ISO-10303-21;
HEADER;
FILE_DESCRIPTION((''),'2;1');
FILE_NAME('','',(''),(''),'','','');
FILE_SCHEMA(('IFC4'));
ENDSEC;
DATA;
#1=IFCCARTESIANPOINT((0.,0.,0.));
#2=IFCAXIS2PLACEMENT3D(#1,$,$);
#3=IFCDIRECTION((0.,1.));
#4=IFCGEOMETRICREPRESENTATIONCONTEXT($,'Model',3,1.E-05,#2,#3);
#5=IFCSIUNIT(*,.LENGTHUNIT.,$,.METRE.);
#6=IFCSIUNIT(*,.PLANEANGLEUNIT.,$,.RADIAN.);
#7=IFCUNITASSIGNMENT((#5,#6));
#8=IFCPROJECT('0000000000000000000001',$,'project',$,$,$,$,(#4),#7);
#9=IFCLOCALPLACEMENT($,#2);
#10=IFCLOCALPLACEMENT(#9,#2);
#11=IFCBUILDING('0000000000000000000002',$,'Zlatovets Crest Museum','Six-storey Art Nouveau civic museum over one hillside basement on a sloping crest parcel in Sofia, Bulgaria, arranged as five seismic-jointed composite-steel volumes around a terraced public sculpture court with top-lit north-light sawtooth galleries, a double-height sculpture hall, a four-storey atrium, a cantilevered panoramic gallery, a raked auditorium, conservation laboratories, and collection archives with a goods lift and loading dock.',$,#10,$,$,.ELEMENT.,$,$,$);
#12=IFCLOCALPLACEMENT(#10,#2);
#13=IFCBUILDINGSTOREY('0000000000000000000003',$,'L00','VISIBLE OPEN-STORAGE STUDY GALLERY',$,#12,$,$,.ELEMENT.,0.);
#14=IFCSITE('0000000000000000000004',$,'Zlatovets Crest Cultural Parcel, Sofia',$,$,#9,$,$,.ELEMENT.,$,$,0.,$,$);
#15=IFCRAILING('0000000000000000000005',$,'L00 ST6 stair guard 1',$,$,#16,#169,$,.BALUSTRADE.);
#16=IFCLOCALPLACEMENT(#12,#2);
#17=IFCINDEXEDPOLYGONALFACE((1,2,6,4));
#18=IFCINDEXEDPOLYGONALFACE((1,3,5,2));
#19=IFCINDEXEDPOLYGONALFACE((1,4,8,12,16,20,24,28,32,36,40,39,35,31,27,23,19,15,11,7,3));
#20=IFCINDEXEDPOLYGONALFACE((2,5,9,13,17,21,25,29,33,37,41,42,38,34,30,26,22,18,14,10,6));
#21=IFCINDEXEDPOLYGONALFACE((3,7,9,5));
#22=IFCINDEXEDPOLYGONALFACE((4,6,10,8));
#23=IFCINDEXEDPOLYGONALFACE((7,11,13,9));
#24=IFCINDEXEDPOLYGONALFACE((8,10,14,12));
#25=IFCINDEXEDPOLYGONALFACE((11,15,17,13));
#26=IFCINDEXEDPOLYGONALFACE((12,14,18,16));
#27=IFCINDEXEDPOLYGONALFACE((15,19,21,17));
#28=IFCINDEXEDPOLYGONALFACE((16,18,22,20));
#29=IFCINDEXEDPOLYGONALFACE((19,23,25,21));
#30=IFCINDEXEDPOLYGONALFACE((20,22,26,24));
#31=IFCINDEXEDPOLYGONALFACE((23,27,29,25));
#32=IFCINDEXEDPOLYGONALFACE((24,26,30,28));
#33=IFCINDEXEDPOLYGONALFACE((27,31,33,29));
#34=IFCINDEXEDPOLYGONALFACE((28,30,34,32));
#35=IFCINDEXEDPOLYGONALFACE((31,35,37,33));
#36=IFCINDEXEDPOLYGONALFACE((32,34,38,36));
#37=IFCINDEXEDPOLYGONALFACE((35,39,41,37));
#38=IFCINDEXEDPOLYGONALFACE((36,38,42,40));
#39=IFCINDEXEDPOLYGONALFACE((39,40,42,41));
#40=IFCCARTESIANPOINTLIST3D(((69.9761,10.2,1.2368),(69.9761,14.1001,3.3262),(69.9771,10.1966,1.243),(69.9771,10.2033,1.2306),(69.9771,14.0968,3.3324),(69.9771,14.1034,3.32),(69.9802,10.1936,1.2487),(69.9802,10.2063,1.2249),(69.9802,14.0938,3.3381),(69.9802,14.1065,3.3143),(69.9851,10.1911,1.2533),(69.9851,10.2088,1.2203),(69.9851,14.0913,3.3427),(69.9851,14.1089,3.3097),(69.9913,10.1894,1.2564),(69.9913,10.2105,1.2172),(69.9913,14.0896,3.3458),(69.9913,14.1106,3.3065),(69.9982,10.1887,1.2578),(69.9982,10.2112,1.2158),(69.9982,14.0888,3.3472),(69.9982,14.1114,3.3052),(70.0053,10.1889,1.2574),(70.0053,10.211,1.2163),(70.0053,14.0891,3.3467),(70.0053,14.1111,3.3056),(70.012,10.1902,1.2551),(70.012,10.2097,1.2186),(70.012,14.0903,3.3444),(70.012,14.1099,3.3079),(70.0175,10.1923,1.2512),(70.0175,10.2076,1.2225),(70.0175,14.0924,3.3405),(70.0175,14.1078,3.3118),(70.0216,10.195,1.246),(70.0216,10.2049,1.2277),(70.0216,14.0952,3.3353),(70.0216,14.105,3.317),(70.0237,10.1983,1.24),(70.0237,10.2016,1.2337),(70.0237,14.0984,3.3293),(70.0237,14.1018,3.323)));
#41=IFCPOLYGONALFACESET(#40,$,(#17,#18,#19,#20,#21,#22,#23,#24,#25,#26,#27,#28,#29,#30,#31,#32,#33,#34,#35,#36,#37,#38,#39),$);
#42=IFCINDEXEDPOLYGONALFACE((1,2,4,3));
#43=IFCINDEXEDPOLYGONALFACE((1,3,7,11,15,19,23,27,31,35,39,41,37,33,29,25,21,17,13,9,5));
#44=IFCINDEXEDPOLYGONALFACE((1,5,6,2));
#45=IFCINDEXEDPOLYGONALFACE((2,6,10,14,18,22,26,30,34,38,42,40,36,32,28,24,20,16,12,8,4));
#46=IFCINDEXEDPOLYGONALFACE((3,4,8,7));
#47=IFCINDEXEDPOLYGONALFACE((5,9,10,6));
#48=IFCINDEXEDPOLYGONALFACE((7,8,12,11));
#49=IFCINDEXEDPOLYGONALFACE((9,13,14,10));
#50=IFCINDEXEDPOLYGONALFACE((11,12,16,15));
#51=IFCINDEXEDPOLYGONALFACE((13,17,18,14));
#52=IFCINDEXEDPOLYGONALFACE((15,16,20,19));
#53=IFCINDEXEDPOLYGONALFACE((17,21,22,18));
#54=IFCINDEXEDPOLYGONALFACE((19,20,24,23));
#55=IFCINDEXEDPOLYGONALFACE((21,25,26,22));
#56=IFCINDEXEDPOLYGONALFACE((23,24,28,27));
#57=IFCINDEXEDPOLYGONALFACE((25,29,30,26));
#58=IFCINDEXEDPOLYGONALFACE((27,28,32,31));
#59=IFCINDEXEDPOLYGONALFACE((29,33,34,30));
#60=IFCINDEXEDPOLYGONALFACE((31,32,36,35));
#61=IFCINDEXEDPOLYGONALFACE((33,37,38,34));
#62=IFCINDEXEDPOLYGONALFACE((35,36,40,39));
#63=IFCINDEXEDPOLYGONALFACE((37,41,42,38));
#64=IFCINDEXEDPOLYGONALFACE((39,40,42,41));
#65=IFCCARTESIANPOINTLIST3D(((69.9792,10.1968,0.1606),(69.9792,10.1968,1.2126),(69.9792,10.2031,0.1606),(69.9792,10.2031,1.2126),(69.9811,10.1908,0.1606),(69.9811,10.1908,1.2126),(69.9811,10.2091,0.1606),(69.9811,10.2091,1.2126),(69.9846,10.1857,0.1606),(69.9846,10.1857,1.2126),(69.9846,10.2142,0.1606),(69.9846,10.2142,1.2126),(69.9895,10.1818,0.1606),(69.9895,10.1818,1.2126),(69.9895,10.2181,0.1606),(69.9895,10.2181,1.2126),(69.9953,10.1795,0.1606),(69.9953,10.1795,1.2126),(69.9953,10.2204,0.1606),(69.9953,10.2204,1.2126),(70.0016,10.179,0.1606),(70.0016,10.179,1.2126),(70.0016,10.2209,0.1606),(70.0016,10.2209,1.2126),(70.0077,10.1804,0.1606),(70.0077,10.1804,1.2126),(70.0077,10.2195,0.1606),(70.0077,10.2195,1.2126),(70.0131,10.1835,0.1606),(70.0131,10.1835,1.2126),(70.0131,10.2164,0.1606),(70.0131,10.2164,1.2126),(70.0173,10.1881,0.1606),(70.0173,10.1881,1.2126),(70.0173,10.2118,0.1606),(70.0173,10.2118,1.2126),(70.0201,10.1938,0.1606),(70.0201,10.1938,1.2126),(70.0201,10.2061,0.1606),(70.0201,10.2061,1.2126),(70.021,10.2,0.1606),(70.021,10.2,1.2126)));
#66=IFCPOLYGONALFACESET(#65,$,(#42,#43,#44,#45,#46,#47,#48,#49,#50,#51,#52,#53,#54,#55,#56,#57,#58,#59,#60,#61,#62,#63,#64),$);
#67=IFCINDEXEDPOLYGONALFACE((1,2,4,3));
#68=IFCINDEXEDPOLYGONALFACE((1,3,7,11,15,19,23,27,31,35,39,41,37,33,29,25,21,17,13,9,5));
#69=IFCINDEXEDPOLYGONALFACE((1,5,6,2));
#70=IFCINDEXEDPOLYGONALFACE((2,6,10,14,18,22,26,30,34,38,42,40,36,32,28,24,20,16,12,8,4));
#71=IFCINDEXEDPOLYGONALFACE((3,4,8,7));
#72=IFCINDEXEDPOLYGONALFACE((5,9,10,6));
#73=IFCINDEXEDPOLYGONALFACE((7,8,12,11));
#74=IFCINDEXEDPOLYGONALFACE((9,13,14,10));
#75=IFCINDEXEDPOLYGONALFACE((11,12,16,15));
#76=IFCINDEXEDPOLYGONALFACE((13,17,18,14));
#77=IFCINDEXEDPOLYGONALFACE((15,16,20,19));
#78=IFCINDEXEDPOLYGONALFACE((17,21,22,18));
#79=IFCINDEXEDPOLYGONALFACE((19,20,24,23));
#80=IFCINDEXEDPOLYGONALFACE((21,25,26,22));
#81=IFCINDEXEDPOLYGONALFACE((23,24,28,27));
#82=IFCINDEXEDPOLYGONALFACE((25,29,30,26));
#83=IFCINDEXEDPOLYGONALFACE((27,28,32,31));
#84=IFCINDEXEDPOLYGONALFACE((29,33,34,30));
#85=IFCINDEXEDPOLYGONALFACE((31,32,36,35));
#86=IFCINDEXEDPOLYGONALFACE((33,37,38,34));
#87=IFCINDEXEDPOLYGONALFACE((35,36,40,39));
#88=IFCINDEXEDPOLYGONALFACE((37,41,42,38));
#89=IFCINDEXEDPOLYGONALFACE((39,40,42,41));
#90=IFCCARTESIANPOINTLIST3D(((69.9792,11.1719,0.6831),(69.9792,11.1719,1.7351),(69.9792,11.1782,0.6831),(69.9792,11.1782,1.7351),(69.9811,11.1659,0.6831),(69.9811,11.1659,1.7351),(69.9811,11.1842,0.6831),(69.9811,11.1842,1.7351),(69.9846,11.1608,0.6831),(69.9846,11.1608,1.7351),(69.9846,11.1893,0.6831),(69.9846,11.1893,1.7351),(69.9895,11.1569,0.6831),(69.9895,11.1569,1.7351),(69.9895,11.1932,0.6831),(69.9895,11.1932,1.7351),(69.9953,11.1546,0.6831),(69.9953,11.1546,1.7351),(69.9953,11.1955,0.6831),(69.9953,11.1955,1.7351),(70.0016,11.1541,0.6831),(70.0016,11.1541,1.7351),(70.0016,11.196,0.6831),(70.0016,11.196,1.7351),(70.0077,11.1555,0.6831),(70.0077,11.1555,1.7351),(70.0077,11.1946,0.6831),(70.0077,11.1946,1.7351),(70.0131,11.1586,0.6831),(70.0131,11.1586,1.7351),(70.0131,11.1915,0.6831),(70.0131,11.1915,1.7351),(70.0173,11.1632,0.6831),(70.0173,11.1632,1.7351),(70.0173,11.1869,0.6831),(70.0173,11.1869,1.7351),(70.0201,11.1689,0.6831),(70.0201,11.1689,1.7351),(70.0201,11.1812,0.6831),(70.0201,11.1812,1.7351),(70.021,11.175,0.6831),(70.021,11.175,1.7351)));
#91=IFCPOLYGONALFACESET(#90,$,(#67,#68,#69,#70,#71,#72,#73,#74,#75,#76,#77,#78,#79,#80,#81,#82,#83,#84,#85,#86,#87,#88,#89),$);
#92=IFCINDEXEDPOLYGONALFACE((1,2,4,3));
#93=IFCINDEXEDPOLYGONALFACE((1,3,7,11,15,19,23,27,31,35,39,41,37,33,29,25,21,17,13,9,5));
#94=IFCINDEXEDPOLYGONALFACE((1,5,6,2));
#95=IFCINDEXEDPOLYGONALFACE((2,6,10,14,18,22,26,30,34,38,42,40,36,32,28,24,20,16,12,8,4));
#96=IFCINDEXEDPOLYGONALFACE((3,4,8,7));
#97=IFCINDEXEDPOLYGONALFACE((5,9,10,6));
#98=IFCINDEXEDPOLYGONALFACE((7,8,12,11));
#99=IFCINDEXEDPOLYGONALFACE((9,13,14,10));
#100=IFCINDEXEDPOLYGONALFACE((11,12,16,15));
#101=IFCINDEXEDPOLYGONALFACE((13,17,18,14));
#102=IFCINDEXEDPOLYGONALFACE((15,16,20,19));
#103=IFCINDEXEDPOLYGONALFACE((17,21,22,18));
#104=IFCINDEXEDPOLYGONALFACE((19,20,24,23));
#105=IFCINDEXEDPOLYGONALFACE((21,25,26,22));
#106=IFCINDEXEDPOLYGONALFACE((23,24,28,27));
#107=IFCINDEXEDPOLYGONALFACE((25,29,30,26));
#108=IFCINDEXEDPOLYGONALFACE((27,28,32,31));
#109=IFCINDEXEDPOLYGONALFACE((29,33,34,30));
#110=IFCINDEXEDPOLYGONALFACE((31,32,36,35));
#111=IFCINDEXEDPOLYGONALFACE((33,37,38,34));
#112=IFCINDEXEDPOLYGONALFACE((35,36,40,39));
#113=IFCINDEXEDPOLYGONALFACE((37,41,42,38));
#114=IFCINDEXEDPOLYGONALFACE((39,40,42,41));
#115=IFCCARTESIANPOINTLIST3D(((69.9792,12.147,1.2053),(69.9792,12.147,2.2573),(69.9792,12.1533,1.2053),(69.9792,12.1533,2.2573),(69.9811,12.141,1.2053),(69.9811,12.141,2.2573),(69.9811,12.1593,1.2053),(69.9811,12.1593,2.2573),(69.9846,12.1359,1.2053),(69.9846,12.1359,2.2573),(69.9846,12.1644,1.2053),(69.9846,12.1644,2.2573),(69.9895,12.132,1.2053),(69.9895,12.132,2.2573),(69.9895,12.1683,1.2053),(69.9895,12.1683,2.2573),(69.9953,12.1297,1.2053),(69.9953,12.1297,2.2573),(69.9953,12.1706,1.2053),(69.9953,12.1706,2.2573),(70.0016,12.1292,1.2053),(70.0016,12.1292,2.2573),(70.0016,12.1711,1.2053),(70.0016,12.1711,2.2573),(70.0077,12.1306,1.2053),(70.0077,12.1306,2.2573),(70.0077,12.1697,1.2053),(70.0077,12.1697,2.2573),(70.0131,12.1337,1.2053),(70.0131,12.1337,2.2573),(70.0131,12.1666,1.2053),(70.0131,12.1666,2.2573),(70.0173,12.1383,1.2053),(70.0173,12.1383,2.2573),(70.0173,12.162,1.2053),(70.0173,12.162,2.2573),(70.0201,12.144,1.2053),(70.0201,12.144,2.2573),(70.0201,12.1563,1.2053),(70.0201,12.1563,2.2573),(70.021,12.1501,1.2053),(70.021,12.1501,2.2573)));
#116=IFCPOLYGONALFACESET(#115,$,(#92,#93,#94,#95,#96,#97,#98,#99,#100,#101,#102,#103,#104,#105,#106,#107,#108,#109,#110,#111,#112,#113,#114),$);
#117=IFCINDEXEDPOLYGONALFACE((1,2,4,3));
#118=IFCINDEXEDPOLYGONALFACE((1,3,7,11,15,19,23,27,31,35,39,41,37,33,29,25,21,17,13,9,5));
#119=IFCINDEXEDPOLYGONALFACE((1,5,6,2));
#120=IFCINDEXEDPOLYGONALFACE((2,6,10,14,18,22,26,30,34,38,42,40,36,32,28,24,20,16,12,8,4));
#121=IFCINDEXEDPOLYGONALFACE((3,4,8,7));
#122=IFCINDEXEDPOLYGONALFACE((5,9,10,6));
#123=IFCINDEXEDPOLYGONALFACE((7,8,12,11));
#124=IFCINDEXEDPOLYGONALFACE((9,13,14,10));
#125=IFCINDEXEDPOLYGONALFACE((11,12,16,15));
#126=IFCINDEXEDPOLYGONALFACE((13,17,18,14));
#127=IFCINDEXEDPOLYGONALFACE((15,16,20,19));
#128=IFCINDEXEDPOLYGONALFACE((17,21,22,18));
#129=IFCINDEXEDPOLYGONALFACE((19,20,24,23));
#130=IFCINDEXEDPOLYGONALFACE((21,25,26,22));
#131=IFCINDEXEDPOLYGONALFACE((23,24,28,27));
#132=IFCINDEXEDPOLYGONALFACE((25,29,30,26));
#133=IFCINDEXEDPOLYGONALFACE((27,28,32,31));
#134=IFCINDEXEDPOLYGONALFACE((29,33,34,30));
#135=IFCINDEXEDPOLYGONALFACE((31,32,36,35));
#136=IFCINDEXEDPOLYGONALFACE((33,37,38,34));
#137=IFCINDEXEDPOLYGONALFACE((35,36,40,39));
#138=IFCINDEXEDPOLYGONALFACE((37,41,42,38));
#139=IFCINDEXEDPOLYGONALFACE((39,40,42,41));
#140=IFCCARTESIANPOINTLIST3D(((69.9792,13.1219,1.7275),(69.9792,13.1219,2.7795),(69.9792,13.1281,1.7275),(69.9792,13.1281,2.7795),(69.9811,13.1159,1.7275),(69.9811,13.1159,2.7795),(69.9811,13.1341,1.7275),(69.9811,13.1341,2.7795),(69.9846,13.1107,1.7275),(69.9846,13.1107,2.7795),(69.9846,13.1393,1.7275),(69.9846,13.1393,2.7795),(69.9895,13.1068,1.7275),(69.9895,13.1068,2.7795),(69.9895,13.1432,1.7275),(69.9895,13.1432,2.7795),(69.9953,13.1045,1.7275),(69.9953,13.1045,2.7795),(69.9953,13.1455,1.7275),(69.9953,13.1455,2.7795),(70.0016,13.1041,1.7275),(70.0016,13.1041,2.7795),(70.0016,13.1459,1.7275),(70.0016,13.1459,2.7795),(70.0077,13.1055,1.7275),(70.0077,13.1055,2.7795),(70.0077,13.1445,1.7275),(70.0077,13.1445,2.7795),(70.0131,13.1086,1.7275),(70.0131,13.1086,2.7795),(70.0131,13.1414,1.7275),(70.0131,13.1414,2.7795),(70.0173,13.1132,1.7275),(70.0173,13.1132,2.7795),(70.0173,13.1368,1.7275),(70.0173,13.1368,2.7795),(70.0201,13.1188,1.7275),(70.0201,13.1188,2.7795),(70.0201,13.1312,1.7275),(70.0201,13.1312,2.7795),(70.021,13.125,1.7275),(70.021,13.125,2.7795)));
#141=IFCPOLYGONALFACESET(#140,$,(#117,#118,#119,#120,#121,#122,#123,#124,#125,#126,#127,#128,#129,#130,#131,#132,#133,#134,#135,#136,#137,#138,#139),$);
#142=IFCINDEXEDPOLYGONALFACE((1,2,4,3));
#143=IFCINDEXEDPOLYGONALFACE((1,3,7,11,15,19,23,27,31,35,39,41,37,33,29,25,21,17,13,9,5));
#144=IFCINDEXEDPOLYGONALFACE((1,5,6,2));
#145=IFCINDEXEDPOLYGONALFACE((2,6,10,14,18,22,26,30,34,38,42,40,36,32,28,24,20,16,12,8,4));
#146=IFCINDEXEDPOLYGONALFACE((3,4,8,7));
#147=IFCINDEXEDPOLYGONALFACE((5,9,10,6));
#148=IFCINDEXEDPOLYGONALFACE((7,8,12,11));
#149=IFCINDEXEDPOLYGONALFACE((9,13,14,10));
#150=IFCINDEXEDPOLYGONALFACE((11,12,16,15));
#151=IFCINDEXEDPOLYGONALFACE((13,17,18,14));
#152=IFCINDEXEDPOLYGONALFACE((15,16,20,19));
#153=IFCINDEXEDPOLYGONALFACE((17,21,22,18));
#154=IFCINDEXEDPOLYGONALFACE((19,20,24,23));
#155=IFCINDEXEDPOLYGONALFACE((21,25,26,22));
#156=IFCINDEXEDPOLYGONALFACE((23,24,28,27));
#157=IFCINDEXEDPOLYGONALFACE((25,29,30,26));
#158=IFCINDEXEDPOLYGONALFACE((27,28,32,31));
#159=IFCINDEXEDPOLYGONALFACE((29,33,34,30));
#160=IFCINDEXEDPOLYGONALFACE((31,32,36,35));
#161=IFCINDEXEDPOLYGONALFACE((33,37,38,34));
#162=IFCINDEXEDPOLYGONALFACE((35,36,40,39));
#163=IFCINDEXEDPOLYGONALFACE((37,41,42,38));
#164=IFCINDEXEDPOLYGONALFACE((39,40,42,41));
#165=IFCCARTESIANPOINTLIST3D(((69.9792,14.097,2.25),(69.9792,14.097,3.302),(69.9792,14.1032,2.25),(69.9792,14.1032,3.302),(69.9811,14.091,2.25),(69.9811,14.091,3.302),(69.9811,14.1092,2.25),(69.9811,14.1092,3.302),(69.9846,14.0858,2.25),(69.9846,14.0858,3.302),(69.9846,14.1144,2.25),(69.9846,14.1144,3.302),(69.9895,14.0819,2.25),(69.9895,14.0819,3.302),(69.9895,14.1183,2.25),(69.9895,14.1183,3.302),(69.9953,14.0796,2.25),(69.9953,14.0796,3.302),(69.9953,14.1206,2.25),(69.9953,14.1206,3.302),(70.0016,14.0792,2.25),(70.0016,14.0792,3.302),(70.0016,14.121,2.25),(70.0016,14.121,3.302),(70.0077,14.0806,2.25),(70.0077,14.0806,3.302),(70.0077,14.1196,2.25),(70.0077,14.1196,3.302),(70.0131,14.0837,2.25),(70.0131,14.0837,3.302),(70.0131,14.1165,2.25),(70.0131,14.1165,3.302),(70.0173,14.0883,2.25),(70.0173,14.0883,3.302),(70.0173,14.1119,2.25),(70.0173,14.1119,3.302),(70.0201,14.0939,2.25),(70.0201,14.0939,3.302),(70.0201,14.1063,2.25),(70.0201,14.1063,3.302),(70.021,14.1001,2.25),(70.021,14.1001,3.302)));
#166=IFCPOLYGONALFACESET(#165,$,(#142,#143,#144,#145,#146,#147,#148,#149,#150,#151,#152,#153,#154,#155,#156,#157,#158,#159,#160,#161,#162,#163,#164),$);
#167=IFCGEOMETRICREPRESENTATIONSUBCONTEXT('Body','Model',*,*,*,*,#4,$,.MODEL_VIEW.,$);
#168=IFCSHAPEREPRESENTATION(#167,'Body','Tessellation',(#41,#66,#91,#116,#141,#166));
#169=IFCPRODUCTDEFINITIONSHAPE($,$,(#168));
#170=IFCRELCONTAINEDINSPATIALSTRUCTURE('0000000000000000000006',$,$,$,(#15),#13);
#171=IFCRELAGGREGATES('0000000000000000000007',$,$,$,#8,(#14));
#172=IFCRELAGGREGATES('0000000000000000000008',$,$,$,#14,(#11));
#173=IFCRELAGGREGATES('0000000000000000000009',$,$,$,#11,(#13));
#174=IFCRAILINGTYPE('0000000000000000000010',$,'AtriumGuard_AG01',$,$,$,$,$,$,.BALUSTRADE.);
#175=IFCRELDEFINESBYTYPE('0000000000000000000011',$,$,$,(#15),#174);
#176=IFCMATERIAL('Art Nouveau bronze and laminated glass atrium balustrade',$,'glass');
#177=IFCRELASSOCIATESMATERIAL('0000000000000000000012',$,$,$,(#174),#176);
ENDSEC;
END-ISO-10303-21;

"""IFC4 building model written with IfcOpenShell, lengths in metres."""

from ifc_helpers import new_model, si_unit, direction, frame, origin, origin_2d, place, context, subcontext, project, spatial, circle, extrude, material, type_object, element, save


model = new_model("IFC4")

# Units and contexts
model_context = context("Model", 3, precision=1e-05, world=origin(), true_north=direction((0.0, 1.0)))
body_context = subcontext(model_context, "Body", "Model", "MODEL_VIEW")
ifc_project = project(units=[si_unit("LENGTHUNIT", "METRE"), si_unit("PLANEANGLEUNIT", "RADIAN")], contexts=[model_context])

# Site, building, storey
site_placement = place(None, origin())
site = spatial("IfcSite", under=ifc_project, at=site_placement, Name="Zlatovets Crest Cultural Parcel, Sofia", CompositionType="ELEMENT", RefElevation=0.0)
building_placement = place(site_placement, origin())
building = spatial("IfcBuilding", under=site, at=building_placement, Name="Zlatovets Crest Museum", Description="Six-storey Art Nouveau civic museum over one hillside basement on a sloping crest parcel in Sofia, Bulgaria, arranged as five seismic-jointed composite-steel volumes around a terraced public sculpture court with top-lit north-light sawtooth galleries, a double-height sculpture hall, a four-storey atrium, a cantilevered panoramic gallery, a raked auditorium, conservation laboratories, and collection archives with a goods lift and loading dock.", CompositionType="ELEMENT")
storey_placement = place(building_placement, origin())
storey = spatial("IfcBuildingStorey", under=building, at=storey_placement, Name="L00", Description="VISIBLE OPEN-STORAGE STUDY GALLERY", CompositionType="ELEMENT", Elevation=0.0)

# Railing
ifc_material_1 = material(Name="Art Nouveau bronze and laminated glass atrium balustrade", Category="glass")
railing_type_1 = type_object("IfcRailingType", Name="AtriumGuard_AG01", PredefinedType="BALUSTRADE", material=ifc_material_1)
railing_1_placement = place(storey_placement, frame((70.0, 10.2, 0.1606)))
element("IfcRailing", 1, at=railing_1_placement, inside=storey, type_object=railing_type_1, Name="L00 ST6 stair guard 1", PredefinedType="BALUSTRADE", context=body_context, shape_type="SweptSolid", body=[
    extrude(circle(Radius=0.0239, at=origin_2d()), frame((0.0, 0.0, 1.0762), z_axis=(0.0, 0.881481, 0.47222), x_axis=(-1.0, 0.0, 0.0)), (0.0, 0.0, 1.0), 4.4246),
    extrude(circle(Radius=0.021, at=origin_2d()), origin(), (0.0, 0.0, 1.0), 1.052),
    extrude(circle(Radius=0.021, at=origin_2d()), frame((0.0, 0.9751, 0.5225)), (0.0, 0.0, 1.0), 1.052),
    extrude(circle(Radius=0.021, at=origin_2d()), frame((0.0, 1.9502, 1.0447)), (0.0, 0.0, 1.0), 1.052),
    extrude(circle(Radius=0.021, at=origin_2d()), frame((0.0, 2.925, 1.5669)), (0.0, 0.0, 1.0), 1.052),
    extrude(circle(Radius=0.021, at=origin_2d()), frame((0.0, 3.9001, 2.0894)), (0.0, 0.0, 1.0), 1.052),
])

save(model, "model.ifc")
